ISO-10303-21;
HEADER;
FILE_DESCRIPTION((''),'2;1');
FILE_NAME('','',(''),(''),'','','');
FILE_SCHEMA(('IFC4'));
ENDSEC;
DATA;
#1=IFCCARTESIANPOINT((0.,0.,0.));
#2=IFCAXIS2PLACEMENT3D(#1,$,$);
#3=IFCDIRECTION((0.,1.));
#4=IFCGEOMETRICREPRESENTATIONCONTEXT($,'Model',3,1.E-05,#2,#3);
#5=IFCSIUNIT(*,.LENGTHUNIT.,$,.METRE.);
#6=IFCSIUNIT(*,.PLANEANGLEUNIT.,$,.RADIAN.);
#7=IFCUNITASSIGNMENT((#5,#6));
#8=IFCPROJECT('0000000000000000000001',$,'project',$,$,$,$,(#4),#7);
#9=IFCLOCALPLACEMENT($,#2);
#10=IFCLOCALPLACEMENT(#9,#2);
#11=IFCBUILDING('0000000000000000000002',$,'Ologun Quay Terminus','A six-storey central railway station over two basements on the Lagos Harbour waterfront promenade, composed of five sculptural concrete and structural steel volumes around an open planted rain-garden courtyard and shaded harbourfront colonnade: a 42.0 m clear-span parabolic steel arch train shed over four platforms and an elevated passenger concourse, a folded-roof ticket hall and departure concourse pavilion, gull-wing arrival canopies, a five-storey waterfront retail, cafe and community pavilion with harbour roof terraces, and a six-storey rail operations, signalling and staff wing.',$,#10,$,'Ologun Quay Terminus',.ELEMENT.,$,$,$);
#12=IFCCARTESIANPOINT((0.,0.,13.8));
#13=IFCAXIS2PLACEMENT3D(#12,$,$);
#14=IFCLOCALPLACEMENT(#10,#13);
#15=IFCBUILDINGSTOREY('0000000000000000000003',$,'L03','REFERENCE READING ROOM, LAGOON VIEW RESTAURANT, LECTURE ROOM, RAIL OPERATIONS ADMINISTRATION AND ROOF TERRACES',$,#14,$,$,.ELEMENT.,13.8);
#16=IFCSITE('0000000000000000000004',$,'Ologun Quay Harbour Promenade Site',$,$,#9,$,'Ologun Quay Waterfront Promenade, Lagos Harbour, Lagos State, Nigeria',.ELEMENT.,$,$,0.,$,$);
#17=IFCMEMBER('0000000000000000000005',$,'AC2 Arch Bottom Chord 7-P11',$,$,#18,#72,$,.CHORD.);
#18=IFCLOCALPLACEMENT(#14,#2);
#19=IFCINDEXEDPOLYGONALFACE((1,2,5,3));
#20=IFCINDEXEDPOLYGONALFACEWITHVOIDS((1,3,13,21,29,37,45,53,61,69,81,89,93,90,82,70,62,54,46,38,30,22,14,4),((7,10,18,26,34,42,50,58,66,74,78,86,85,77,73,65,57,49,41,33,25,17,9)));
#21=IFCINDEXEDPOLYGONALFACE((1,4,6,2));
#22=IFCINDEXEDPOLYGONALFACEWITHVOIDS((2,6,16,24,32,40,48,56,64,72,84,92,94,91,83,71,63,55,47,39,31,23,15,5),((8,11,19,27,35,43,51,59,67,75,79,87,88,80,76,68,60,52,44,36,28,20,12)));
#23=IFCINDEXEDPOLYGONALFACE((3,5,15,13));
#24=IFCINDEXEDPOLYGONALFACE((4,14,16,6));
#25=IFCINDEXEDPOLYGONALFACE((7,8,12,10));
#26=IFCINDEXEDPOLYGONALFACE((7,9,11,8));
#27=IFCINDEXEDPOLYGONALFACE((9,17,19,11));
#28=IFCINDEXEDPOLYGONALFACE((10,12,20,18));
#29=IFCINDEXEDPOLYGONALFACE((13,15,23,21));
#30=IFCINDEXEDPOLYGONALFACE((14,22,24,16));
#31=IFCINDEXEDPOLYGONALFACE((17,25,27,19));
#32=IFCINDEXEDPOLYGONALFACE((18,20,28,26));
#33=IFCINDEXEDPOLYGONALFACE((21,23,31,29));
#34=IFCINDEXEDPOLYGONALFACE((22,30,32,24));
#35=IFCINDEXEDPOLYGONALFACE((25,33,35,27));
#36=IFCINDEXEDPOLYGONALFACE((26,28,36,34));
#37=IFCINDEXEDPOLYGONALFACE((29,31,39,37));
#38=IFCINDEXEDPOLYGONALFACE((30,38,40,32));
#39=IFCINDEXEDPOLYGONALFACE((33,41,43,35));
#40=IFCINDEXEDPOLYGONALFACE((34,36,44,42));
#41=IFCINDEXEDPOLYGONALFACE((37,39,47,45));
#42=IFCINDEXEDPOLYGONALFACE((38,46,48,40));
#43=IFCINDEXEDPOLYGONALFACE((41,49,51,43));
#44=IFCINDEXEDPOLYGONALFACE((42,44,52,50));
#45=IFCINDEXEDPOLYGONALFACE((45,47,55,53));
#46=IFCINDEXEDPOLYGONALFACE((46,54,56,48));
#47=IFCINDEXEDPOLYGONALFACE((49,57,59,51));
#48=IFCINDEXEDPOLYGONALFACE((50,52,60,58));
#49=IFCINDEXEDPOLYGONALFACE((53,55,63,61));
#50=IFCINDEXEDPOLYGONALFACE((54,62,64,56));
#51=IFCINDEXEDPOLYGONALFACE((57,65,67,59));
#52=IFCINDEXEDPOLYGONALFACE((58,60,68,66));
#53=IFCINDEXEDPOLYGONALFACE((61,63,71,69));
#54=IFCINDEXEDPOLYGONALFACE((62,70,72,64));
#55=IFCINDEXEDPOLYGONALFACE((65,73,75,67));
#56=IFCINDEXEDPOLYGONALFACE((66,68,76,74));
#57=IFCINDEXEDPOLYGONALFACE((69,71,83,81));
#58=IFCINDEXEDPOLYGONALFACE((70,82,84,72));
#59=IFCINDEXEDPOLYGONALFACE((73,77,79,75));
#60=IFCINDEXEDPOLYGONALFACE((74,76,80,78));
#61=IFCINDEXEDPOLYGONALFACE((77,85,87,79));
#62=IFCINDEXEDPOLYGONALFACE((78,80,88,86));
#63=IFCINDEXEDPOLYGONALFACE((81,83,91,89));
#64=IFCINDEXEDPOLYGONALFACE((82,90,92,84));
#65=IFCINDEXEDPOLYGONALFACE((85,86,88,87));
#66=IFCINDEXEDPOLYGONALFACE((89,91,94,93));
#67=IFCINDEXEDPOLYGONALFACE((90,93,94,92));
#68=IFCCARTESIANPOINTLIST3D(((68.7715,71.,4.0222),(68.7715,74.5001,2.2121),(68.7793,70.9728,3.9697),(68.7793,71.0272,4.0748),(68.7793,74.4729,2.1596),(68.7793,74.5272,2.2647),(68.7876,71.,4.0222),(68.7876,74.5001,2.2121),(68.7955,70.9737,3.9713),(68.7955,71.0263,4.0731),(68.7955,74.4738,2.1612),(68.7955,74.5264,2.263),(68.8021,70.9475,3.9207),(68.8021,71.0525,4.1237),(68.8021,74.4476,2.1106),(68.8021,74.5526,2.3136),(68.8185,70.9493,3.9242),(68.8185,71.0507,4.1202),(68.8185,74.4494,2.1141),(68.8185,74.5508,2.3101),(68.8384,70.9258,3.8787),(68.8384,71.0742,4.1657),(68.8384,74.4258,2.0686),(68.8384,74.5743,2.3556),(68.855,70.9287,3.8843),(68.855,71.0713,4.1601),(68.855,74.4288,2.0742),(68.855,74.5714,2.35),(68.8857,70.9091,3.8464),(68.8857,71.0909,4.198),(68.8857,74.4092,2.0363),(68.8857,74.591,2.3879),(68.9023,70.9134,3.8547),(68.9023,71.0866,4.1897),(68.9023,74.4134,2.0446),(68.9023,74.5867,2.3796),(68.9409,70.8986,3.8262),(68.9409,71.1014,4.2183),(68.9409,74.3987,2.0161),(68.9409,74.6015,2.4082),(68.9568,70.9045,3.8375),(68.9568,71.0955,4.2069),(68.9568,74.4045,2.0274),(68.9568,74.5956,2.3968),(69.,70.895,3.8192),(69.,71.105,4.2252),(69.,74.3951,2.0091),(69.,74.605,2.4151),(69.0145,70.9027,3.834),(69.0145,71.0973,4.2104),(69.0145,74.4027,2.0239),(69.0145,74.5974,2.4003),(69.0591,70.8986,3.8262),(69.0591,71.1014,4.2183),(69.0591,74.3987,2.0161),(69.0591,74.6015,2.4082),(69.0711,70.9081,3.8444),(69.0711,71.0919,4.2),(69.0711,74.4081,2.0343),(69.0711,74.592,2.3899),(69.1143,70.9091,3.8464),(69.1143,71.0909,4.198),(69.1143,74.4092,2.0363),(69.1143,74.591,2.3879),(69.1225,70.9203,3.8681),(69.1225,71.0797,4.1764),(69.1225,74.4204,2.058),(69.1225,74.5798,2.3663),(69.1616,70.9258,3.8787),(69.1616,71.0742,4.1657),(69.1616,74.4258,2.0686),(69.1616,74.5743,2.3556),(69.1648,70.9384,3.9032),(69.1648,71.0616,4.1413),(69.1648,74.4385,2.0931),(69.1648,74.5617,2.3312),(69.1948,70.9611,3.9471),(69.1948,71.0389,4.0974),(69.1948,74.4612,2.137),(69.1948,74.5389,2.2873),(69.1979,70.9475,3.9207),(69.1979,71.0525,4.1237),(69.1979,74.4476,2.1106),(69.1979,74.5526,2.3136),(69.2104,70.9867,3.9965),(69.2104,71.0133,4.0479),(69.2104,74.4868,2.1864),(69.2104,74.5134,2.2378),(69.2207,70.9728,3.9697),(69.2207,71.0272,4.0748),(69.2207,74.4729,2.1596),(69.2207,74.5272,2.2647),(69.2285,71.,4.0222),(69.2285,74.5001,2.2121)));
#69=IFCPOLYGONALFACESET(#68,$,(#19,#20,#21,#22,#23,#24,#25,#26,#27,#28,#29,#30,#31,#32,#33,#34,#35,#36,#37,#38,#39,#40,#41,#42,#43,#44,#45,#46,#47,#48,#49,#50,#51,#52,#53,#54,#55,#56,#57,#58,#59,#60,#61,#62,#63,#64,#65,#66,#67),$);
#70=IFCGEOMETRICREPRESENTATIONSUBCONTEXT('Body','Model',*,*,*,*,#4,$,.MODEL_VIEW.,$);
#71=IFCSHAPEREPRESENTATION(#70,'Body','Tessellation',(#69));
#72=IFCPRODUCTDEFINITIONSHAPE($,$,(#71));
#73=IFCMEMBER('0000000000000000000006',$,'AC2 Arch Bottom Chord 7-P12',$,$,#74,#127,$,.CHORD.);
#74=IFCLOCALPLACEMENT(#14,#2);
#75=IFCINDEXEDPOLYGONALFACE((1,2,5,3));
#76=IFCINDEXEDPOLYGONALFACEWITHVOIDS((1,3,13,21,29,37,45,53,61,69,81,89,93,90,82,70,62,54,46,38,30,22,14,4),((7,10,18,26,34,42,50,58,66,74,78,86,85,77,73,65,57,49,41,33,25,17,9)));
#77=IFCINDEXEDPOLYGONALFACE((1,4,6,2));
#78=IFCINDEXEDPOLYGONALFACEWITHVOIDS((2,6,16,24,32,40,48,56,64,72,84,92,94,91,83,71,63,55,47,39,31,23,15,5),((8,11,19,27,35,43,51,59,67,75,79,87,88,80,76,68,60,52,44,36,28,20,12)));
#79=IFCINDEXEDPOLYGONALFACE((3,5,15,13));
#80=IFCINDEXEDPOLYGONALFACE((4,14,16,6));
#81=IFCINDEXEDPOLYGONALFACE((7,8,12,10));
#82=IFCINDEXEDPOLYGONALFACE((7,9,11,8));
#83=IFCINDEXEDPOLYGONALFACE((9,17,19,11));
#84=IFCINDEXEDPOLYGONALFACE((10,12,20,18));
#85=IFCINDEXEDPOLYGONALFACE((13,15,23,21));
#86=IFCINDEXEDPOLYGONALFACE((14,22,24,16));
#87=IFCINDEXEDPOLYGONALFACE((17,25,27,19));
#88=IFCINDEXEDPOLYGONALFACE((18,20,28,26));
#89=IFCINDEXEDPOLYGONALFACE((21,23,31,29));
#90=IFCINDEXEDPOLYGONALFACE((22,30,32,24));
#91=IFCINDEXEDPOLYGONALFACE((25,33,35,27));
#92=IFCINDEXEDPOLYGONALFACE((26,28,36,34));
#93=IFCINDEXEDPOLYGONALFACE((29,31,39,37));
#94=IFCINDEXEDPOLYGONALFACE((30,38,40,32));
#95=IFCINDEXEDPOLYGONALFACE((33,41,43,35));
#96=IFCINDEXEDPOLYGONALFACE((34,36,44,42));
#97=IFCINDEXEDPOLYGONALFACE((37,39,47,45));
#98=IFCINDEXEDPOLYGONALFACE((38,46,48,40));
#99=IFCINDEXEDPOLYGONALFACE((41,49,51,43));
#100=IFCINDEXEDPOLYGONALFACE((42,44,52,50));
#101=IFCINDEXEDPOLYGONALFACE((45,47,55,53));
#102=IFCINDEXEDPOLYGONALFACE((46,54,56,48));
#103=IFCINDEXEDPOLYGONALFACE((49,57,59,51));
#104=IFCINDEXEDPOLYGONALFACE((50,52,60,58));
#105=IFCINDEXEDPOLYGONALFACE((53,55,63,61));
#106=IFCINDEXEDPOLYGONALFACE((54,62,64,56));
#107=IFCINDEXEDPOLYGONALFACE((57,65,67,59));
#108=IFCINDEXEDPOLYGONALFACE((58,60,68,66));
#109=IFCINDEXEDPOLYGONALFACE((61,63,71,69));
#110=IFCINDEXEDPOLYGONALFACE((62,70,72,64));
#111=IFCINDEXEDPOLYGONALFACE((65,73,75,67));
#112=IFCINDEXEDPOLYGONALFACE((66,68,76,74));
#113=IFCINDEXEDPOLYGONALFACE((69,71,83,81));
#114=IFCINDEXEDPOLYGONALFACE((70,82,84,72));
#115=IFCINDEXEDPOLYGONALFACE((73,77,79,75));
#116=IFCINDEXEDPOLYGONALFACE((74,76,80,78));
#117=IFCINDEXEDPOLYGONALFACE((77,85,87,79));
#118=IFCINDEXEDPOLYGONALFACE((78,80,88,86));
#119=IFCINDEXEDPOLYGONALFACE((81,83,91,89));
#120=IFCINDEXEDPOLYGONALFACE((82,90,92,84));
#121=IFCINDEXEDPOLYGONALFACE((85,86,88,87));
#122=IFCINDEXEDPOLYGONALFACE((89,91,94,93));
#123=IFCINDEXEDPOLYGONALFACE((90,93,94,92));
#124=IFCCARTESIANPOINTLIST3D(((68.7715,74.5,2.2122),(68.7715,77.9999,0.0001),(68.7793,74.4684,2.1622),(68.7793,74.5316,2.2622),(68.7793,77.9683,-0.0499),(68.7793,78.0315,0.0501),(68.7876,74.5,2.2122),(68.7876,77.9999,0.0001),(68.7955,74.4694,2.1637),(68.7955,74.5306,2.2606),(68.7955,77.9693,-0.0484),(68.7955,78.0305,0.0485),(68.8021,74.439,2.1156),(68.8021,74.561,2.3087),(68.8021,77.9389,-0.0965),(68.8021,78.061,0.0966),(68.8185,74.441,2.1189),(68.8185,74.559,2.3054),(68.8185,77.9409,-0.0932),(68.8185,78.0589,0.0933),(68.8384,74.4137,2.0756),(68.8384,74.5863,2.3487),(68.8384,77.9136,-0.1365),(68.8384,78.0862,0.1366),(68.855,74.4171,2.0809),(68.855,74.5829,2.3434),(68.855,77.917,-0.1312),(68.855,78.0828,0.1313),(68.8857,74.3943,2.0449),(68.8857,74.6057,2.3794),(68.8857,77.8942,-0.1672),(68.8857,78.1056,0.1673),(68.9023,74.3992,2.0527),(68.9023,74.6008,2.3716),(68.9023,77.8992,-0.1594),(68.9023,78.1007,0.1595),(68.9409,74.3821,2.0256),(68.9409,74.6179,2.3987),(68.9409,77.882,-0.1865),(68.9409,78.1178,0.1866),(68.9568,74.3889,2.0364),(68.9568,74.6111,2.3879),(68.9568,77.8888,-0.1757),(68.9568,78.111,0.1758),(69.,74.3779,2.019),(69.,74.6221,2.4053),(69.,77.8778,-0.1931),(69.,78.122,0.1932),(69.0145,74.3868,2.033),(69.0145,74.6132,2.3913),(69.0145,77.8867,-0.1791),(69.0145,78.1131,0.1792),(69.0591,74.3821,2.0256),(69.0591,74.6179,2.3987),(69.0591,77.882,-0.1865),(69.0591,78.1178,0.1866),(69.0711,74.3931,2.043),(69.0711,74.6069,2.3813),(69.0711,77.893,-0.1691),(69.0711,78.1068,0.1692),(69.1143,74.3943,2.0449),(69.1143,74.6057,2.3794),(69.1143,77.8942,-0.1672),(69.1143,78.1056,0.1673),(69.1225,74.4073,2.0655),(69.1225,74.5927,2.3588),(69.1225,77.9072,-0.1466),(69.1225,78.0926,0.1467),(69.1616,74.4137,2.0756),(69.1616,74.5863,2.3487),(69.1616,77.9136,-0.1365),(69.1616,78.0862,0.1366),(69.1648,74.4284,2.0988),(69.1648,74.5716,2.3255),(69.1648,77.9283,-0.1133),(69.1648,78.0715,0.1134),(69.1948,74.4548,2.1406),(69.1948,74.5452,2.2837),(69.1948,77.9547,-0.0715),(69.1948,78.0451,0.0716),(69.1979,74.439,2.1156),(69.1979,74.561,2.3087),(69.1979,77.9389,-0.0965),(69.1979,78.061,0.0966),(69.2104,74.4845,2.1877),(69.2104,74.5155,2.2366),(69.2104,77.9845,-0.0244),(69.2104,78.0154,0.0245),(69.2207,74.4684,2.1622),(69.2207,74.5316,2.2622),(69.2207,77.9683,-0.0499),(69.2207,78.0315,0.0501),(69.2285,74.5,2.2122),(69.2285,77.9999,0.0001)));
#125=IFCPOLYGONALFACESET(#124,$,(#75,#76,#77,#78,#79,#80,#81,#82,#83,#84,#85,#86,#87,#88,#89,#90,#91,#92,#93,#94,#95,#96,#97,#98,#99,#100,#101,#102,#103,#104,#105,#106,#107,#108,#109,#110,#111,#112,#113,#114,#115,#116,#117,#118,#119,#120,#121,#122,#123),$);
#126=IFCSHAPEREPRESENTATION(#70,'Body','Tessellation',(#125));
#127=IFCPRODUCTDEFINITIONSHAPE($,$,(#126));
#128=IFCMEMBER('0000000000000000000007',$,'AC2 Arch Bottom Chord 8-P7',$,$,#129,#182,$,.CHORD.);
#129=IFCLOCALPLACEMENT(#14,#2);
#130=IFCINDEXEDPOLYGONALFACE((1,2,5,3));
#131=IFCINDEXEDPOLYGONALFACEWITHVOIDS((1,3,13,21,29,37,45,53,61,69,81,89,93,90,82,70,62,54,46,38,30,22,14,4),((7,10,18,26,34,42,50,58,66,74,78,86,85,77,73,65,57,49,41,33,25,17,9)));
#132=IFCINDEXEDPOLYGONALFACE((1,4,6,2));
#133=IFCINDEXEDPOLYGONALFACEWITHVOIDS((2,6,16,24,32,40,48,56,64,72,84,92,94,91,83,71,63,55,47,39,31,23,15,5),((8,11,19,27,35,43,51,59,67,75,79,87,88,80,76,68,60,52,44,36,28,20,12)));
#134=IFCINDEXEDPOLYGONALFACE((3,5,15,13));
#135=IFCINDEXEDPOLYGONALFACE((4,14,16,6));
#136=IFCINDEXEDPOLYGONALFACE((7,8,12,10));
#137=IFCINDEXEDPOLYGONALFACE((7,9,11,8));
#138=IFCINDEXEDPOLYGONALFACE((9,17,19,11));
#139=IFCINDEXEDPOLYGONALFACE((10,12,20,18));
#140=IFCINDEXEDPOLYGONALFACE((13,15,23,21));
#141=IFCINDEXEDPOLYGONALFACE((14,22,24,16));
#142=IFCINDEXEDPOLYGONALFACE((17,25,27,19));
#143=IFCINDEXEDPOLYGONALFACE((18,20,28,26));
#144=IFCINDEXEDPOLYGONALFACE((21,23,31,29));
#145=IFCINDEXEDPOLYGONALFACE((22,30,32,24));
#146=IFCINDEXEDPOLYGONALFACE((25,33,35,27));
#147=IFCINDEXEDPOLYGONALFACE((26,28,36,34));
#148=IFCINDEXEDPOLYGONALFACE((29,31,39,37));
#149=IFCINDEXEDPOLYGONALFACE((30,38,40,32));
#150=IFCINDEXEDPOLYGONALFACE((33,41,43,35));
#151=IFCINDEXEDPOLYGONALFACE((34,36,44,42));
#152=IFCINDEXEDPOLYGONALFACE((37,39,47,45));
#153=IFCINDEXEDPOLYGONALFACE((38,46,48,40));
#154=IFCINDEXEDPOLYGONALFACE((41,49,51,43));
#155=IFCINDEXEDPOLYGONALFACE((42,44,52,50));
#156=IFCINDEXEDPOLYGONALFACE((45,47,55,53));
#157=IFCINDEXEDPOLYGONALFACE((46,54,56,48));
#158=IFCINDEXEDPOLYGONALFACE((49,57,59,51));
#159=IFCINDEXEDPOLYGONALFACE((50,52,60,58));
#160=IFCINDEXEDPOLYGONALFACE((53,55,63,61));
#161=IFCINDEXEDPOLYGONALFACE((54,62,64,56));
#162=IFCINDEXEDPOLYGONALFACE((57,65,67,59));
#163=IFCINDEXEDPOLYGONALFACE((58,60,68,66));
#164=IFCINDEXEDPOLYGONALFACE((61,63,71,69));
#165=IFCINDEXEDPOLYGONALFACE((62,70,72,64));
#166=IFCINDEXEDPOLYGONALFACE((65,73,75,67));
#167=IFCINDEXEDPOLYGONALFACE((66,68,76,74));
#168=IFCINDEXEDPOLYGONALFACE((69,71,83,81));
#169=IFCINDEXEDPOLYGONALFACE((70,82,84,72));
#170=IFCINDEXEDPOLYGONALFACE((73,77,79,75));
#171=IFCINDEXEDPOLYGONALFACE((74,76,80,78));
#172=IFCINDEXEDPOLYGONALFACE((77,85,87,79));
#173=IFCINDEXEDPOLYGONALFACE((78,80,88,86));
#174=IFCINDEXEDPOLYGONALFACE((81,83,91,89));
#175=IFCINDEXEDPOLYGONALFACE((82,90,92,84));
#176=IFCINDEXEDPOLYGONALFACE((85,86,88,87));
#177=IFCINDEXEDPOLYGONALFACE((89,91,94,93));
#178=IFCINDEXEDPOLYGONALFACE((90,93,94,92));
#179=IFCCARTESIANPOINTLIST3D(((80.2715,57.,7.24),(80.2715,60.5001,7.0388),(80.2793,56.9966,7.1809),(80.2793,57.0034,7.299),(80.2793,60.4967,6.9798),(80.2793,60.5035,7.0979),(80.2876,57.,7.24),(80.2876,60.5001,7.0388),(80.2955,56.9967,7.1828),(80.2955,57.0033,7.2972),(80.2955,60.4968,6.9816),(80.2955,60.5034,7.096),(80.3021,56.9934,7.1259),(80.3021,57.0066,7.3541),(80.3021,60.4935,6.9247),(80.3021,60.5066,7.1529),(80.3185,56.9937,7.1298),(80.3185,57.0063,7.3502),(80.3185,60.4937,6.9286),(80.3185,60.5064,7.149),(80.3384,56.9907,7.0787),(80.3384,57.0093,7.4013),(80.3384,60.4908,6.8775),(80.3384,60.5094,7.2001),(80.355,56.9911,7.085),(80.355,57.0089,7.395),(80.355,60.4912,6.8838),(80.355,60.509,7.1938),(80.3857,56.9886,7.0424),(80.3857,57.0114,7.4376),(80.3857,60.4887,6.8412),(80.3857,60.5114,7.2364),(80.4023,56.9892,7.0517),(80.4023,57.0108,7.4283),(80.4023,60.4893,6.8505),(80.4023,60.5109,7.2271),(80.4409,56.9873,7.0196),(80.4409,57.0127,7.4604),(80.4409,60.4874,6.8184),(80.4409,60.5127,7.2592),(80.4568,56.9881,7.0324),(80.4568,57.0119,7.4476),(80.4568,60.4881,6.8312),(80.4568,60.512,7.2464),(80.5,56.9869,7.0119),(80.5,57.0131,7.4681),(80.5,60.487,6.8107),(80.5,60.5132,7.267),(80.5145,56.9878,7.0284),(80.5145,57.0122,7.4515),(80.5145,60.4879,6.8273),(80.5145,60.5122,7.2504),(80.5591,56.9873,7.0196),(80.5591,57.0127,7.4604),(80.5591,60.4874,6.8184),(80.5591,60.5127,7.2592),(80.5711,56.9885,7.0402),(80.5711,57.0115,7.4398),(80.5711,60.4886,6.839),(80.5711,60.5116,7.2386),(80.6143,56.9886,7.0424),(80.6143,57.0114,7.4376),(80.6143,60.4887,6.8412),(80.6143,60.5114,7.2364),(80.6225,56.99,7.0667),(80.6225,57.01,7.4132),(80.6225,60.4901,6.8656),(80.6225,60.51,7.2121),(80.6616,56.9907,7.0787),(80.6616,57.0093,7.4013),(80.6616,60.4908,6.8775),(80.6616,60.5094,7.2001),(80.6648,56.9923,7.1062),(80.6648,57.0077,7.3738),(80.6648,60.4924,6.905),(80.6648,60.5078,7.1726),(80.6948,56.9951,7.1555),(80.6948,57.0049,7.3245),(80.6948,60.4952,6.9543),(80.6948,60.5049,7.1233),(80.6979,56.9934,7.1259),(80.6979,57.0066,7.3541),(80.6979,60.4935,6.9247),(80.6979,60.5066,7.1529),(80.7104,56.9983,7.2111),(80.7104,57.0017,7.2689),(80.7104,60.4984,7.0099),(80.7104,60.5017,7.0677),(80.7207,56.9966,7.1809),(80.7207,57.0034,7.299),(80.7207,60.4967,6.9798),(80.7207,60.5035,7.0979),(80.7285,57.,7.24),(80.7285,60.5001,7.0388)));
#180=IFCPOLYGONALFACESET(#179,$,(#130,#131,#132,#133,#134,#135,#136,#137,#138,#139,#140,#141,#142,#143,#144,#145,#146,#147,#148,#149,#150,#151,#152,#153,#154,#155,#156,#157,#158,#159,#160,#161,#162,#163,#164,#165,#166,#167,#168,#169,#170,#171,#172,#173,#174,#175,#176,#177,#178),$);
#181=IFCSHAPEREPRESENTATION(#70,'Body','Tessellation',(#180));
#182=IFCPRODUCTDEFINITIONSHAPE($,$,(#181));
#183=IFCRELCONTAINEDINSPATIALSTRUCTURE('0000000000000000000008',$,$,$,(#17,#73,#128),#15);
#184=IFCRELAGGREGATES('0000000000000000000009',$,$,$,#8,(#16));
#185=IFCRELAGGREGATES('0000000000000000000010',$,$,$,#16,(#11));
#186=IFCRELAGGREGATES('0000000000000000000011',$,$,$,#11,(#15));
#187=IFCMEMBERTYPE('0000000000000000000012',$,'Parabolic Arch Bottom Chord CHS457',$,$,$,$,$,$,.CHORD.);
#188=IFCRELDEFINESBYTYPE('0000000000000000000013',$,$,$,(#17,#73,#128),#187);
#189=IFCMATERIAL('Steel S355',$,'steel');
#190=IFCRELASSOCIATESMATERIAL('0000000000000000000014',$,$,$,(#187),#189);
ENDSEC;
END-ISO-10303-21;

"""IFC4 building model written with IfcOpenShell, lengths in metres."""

from ifc_helpers import new_model, si_unit, direction, frame, origin, origin_2d, place, context, subcontext, project, spatial, hollow_circle, extrude, material, material_profile, profile_set, type_object, element, save


model = new_model("IFC4")

# Units and contexts
model_context = context("Model", 3, precision=1e-05, world=origin(), true_north=direction((0.0, 1.0)))
body_context = subcontext(model_context, "Body", "Model", "MODEL_VIEW")
ifc_project = project(units=[si_unit("LENGTHUNIT", "METRE"), si_unit("PLANEANGLEUNIT", "RADIAN")], contexts=[model_context])

# Site, building, storey
site_placement = place(None, origin())
site = spatial("IfcSite", under=ifc_project, at=site_placement, Name="Ologun Quay Harbour Promenade Site", LongName="Ologun Quay Waterfront Promenade, Lagos Harbour, Lagos State, Nigeria", CompositionType="ELEMENT", RefElevation=0.0)
building_placement = place(site_placement, origin())
building = spatial("IfcBuilding", under=site, at=building_placement, Name="Ologun Quay Terminus", Description="A six-storey central railway station over two basements on the Lagos Harbour waterfront promenade, composed of five sculptural concrete and structural steel volumes around an open planted rain-garden courtyard and shaded harbourfront colonnade: a 42.0 m clear-span parabolic steel arch train shed over four platforms and an elevated passenger concourse, a folded-roof ticket hall and departure concourse pavilion, gull-wing arrival canopies, a five-storey waterfront retail, cafe and community pavilion with harbour roof terraces, and a six-storey rail operations, signalling and staff wing.", LongName="Ologun Quay Terminus", CompositionType="ELEMENT")
storey_placement = place(building_placement, frame((0.0, 0.0, 13.8)))
storey = spatial("IfcBuildingStorey", under=building, at=storey_placement, Name="L03", Description="REFERENCE READING ROOM, LAGOON VIEW RESTAURANT, LECTURE ROOM, RAIL OPERATIONS ADMINISTRATION AND ROOF TERRACES", CompositionType="ELEMENT", Elevation=13.8)

# Members
ifc_material_1 = material(Name="Steel S355", Category="steel")
ifc_material_profile_1 = material_profile(ifc_material_1, hollow_circle(Radius=0.2285, WallThickness=0.0161, at=origin_2d()), Name="CHS 457x16")
ifc_profile_set_1 = profile_set([ifc_material_profile_1], Name="Steel S355")
member_type_1 = type_object("IfcMemberType", Name="Parabolic Arch Bottom Chord CHS457", PredefinedType="CHORD", material=ifc_profile_set_1)
member_1_placement = place(storey_placement, frame((69.0, 71.0, 4.0222), z_axis=(0.0, 0.888247, -0.459366), x_axis=(-1.0, 0.0, 0.0)))
element("IfcMember", 1, at=member_1_placement, inside=storey, type_object=member_type_1, Name="AC2 Arch Bottom Chord 7-P11", PredefinedType="CHORD", context=body_context, shape_type="SweptSolid", body=[
    extrude(hollow_circle(Radius=0.2285, WallThickness=0.0161, at=origin_2d()), origin(), (0.0, 0.0, 1.0), 3.9404),
])
member_2_placement = place(storey_placement, frame((69.0, 74.5, 2.2122), z_axis=(0.0, 0.845311, -0.534275), x_axis=(-1.0, 0.0, 0.0)))
element("IfcMember", 2, at=member_2_placement, inside=storey, type_object=member_type_1, Name="AC2 Arch Bottom Chord 7-P12", PredefinedType="CHORD", context=body_context, shape_type="SweptSolid", body=[
    extrude(hollow_circle(Radius=0.2285, WallThickness=0.0161, at=origin_2d()), origin(), (0.0, 0.0, 1.0), 4.1404),
])
member_3_placement = place(storey_placement, frame((80.5, 57.0, 7.24), z_axis=(0.0, 0.998352, -0.057383), x_axis=(-1.0, 0.0, 0.0)))
element("IfcMember", 3, at=member_3_placement, inside=storey, type_object=member_type_1, Name="AC2 Arch Bottom Chord 8-P7", PredefinedType="CHORD", context=body_context, shape_type="SweptSolid", body=[
    extrude(hollow_circle(Radius=0.2285, WallThickness=0.0161, at=origin_2d()), origin(), (0.0, 0.0, 1.0), 3.5059),
])

save(model, "model.ifc")
